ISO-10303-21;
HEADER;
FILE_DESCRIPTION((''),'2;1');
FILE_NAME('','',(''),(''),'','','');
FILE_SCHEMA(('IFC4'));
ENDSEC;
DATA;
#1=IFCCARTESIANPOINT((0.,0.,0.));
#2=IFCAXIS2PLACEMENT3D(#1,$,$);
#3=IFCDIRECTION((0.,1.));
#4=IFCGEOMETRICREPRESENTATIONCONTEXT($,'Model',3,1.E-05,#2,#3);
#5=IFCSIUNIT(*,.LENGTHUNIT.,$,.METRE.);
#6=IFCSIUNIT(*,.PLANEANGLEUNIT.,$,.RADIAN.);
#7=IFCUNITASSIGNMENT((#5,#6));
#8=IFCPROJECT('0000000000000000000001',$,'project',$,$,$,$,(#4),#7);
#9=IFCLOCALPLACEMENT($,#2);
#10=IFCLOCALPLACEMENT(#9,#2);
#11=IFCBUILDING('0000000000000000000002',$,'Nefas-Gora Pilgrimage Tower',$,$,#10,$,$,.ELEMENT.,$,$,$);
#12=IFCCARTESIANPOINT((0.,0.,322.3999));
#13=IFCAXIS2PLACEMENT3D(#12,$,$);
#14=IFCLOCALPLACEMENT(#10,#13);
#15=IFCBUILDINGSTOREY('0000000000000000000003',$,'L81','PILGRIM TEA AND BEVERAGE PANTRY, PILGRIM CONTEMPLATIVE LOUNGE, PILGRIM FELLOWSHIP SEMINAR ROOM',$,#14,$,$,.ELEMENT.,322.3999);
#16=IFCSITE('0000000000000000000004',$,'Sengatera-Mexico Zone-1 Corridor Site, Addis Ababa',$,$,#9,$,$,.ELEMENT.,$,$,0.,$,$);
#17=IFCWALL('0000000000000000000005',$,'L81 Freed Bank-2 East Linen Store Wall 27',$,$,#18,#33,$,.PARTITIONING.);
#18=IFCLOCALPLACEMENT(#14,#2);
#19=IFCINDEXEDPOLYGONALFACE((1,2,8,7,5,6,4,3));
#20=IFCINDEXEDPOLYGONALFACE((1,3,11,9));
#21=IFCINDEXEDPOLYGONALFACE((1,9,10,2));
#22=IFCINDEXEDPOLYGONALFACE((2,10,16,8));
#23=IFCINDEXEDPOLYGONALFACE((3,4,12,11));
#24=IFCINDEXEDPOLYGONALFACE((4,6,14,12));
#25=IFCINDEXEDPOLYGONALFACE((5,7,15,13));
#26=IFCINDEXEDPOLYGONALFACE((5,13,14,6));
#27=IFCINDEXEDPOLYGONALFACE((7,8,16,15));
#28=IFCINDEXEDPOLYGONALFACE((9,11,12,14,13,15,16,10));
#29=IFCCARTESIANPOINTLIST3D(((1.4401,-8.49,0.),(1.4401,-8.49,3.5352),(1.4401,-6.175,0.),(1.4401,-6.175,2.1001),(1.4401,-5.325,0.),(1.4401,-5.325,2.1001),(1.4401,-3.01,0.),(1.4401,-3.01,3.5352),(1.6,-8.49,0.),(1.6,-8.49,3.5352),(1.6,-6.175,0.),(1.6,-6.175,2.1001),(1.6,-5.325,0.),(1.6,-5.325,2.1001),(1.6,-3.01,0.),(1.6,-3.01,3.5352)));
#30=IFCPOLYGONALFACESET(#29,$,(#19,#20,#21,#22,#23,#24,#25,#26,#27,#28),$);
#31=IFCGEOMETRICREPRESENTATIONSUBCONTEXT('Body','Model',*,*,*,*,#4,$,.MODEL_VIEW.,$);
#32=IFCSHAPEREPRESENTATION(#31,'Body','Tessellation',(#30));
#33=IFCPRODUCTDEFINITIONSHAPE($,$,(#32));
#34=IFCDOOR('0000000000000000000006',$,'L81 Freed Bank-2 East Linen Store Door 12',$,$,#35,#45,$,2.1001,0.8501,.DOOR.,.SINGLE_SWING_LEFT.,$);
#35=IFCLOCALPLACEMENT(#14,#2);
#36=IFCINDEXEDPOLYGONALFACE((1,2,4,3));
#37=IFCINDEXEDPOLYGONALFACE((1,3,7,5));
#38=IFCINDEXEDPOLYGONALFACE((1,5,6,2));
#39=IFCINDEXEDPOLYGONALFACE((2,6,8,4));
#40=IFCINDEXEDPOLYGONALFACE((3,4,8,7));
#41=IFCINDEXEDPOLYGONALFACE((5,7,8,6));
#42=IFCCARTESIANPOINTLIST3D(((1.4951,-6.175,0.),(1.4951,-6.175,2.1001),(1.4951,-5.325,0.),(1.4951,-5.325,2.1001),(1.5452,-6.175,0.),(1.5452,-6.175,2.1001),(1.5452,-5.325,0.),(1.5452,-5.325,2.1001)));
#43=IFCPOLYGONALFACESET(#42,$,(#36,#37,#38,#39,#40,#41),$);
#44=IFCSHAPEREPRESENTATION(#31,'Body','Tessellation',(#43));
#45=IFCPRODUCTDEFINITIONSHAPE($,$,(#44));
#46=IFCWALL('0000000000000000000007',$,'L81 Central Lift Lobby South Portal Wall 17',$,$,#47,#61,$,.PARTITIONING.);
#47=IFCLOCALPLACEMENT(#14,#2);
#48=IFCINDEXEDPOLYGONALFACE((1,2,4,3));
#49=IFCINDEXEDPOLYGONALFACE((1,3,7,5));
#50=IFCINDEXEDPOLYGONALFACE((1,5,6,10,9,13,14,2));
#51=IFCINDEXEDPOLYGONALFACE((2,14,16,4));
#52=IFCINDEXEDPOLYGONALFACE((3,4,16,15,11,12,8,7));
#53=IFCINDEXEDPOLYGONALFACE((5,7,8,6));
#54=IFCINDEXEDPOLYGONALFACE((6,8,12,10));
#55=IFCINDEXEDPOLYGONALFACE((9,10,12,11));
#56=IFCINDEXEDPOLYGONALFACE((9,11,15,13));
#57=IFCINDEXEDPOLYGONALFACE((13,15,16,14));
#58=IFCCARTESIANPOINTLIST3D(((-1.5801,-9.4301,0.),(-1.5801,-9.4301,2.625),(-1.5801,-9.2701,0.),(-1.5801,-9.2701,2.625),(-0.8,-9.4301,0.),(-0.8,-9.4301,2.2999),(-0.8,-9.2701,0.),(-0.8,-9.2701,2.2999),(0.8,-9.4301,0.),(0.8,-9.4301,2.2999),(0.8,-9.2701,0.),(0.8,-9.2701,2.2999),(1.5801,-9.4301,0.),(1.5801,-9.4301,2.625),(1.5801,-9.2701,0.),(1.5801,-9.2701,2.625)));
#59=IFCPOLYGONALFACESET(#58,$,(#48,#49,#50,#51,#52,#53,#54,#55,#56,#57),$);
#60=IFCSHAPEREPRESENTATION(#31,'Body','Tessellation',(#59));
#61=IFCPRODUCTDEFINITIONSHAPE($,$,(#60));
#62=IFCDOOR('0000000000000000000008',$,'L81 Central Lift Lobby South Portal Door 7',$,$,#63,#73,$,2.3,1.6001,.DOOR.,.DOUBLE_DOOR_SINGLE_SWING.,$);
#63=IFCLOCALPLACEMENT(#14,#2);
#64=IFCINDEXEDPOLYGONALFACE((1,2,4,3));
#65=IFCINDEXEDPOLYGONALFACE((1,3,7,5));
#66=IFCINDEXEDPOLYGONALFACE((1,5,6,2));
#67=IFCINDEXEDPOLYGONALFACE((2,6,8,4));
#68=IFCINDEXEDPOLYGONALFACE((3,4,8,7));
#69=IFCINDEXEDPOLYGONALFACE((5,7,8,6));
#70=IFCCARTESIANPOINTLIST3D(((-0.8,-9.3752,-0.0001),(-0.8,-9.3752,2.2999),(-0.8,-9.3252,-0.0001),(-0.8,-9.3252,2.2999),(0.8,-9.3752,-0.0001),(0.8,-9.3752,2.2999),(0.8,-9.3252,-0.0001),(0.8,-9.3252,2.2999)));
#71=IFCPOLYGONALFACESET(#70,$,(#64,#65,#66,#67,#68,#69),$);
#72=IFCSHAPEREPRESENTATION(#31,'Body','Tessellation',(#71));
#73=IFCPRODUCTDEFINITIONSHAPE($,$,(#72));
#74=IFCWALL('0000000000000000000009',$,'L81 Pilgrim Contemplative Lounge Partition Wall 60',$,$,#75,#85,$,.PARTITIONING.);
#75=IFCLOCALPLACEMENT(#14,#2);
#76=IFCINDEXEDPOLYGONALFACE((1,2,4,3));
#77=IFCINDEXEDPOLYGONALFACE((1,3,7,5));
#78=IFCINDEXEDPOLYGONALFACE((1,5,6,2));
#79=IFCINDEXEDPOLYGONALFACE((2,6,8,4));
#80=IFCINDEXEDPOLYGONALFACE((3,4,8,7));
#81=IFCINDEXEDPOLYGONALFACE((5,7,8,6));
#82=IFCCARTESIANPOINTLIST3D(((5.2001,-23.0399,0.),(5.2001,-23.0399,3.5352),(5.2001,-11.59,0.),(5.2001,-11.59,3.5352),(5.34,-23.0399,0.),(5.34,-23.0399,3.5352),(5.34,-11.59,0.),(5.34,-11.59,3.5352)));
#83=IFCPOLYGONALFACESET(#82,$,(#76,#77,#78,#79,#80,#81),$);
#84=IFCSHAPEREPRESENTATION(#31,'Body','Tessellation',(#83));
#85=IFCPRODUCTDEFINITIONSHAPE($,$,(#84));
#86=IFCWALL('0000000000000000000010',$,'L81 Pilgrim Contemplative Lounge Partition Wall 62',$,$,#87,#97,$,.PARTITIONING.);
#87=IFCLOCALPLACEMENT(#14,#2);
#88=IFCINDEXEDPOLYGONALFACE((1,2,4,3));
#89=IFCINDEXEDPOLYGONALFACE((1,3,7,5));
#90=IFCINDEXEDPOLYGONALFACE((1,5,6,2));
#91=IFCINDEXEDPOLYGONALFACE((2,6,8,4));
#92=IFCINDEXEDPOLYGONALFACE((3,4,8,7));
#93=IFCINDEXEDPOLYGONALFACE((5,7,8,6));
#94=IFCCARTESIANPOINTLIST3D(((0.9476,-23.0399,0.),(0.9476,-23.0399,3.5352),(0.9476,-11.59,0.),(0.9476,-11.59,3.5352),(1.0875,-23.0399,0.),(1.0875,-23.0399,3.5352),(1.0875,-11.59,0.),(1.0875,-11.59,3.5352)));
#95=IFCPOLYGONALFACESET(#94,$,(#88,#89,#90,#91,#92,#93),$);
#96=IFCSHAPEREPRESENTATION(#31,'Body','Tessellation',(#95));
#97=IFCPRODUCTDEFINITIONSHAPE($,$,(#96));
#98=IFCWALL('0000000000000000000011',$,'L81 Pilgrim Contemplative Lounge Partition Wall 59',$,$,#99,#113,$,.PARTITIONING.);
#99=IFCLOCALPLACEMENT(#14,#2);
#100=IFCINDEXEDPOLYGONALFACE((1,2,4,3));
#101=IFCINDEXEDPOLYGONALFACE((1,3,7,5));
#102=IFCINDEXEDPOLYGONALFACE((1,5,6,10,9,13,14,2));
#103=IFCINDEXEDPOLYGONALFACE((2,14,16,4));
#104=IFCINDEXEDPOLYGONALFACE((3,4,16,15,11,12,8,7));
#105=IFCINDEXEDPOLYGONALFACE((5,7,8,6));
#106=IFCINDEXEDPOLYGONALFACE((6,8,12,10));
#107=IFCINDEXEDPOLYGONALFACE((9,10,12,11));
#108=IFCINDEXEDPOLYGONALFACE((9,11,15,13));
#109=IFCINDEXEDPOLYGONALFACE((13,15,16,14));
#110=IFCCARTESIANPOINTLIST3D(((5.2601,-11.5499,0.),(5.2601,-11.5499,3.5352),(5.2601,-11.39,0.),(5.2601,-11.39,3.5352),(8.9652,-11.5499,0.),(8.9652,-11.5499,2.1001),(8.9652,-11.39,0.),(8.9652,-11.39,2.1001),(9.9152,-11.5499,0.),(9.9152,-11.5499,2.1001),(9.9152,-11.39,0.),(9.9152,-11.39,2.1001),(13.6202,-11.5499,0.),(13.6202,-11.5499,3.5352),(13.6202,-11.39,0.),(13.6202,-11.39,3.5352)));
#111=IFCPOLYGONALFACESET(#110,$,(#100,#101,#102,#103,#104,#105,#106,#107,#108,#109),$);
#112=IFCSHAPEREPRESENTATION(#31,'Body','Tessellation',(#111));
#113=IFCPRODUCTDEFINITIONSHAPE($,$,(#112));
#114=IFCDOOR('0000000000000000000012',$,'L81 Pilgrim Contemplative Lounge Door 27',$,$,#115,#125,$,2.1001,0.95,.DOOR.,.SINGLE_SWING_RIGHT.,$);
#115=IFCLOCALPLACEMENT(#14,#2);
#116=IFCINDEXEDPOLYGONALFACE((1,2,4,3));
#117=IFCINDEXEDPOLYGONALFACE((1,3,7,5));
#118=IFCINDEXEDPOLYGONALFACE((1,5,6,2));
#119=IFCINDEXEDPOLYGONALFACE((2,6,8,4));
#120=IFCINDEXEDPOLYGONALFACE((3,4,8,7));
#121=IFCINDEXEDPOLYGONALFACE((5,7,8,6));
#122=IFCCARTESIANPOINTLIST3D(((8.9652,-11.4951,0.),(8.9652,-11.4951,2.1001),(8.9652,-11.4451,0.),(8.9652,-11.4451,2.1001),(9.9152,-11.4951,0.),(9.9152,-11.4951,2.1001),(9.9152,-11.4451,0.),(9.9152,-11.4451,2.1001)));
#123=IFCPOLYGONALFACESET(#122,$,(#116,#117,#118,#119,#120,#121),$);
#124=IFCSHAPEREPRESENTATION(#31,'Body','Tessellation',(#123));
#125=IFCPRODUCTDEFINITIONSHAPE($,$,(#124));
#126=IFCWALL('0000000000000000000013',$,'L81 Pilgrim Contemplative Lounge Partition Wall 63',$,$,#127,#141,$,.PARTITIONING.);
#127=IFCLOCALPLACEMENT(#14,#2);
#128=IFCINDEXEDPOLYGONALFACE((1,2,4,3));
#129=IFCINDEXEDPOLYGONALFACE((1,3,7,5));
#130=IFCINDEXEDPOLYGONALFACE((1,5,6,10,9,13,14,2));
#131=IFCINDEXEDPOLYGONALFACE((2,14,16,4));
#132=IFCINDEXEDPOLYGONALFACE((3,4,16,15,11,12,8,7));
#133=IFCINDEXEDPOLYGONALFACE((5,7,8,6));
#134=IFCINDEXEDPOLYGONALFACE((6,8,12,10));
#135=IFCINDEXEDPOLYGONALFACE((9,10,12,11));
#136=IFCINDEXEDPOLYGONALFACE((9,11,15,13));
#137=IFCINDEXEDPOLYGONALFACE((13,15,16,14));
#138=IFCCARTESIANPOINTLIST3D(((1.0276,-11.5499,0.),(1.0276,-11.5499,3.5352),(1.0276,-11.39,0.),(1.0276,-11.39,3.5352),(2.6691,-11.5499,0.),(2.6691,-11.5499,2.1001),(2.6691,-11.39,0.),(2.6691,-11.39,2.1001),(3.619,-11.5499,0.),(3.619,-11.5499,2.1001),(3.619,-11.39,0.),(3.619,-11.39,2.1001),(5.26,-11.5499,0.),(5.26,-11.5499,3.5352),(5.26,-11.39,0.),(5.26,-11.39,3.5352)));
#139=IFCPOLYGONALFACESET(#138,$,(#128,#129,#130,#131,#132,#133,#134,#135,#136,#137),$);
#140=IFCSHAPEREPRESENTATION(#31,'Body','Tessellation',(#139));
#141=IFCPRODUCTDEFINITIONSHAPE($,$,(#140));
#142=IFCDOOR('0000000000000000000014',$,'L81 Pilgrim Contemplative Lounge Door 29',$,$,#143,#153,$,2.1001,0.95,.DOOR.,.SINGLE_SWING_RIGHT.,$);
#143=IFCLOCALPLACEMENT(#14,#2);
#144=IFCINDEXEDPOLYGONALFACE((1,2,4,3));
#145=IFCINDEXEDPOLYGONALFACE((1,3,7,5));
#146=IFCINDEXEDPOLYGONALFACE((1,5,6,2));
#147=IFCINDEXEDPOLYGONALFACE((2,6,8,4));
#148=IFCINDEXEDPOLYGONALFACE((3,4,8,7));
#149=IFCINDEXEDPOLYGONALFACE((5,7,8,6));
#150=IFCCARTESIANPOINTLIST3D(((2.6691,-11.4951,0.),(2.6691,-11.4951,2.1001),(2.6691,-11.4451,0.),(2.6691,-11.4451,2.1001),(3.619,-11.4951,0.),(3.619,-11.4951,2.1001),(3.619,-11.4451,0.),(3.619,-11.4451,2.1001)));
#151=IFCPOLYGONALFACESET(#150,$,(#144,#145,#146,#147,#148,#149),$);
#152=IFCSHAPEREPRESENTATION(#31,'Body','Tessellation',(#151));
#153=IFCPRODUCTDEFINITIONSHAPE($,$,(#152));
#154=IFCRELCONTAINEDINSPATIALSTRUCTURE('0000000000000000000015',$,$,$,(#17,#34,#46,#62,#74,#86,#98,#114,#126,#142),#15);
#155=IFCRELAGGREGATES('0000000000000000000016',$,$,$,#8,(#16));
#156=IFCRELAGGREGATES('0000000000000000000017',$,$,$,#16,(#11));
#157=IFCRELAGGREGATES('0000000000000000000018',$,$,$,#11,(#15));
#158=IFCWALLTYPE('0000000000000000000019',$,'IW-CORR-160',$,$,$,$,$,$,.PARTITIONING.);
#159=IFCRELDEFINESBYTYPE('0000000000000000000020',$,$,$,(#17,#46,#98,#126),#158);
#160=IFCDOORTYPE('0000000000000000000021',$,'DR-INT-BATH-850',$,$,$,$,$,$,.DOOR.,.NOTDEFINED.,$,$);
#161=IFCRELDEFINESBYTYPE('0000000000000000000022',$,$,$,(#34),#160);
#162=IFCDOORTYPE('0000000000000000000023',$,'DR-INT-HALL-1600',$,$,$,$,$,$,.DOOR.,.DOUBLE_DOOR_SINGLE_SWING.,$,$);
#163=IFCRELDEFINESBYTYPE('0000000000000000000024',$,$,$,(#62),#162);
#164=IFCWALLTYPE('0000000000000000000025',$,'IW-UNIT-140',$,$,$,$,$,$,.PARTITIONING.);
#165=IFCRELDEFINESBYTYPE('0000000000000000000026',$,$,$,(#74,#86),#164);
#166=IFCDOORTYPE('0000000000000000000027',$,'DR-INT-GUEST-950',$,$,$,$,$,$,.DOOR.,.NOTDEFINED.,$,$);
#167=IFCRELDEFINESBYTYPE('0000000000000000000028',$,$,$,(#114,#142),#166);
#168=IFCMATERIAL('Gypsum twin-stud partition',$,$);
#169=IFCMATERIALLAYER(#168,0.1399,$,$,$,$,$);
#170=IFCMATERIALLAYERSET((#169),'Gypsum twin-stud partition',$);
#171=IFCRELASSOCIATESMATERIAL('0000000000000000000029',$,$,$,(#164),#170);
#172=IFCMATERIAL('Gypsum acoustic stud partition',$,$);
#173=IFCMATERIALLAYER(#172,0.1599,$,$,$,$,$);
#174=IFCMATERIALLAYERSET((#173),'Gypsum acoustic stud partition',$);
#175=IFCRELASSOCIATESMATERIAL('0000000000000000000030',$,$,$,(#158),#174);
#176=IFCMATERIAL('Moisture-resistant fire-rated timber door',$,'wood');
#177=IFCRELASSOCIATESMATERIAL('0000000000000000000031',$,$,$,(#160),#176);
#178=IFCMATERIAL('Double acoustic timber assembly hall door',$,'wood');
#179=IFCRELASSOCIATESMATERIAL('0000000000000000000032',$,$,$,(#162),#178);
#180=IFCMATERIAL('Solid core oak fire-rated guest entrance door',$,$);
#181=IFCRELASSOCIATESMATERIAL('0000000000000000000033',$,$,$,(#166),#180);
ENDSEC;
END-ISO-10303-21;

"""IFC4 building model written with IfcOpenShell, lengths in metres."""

from ifc_helpers import new_model, si_unit, direction, frame, frame_2d, origin, place, context, subcontext, project, spatial, rectangle, extrude, source, transform, mapped, material, layer, layer_set, type_object, element, fill, save


model = new_model("IFC4")

# Units and contexts
model_context = context("Model", 3, precision=1e-05, world=origin(), true_north=direction((0.0, 1.0)))
body_context = subcontext(model_context, "Body", "Model", "MODEL_VIEW")
ifc_project = project(units=[si_unit("LENGTHUNIT", "METRE"), si_unit("PLANEANGLEUNIT", "RADIAN")], contexts=[model_context])

# Site, building, storey
site_placement = place(None, origin())
site = spatial("IfcSite", under=ifc_project, at=site_placement, Name="Sengatera-Mexico Zone-1 Corridor Site, Addis Ababa", CompositionType="ELEMENT", RefElevation=0.0)
building_placement = place(site_placement, origin())
building = spatial("IfcBuilding", under=site, at=building_placement, Name="Nefas-Gora Pilgrimage Tower", CompositionType="ELEMENT")
storey_placement = place(building_placement, frame((0.0, 0.0, 322.3999)))
storey = spatial("IfcBuildingStorey", under=building, at=storey_placement, Name="L81", Description="PILGRIM TEA AND BEVERAGE PANTRY, PILGRIM CONTEMPLATIVE LOUNGE, PILGRIM FELLOWSHIP SEMINAR ROOM", CompositionType="ELEMENT", Elevation=322.3999)

# Shared definitions
ifc_material_1 = material(Name="Gypsum twin-stud partition")
ifc_layer_1 = layer(ifc_material_1, 0.1399)
ifc_layer_set_1 = layer_set([ifc_layer_1], Name="Gypsum twin-stud partition")
wall_type_1 = type_object("IfcWallType", Name="IW-UNIT-140", PredefinedType="PARTITIONING", material=ifc_layer_set_1)

# Shared definitions
ifc_material_2 = material(Name="Gypsum acoustic stud partition")
ifc_layer_2 = layer(ifc_material_2, 0.1599)
ifc_layer_set_2 = layer_set([ifc_layer_2], Name="Gypsum acoustic stud partition")
wall_type_2 = type_object("IfcWallType", Name="IW-CORR-160", PredefinedType="PARTITIONING", material=ifc_layer_set_2)
shared_shape_1 = source(origin(), body_context, "Body", "SweptSolid", [
    extrude(rectangle(XDim=5.48, YDim=0.1599, at=frame_2d((2.74, 0.0))), origin(), (0.0, 0.0, 1.0), 3.5352),
])
ifc_material_3 = material(Name="Moisture-resistant fire-rated timber door", Category="wood")
door_type_1 = type_object("IfcDoorType", Name="DR-INT-BATH-850", OperationType="NOTDEFINED", PredefinedType="DOOR", material=ifc_material_3)
shared_shape_2 = source(origin(), body_context, "Body", "SweptSolid", [
    extrude(rectangle(XDim=0.8501, YDim=2.1001, at=frame_2d((0.425, 1.05))), frame((0.0, 0.0249, 0.0), z_axis=(0.0, -1.0, 0.0), x_axis=(1.0, 0.0, 0.0)), (0.0, 0.0, 1.0), 0.05),
])

# Walls, openings, doors
wall_1_placement = place(storey_placement, frame((1.52, -8.49, 0.0), z_axis=(0.0, 0.0, 1.0), x_axis=(0.0, 1.0, 0.0)))
wall_1 = element("IfcWall", 1, at=wall_1_placement, inside=storey, type_object=wall_type_2, Name="L81 Freed Bank-2 East Linen Store Wall 27", PredefinedType="PARTITIONING", context=body_context, shape_type="MappedRepresentation", body=[
    mapped(shared_shape_1, transform((0.0, 0.0, 0.0), x_axis=(1.0, 0.0, 0.0), y_axis=(0.0, 1.0, 0.0), z_axis=(0.0, 0.0, 1.0), scale=1.0)),
])
opening_1_placement = place(wall_1_placement, frame((2.3149, 0.0, 0.0)))
opening_1 = element("IfcOpeningElement", 2, at=opening_1_placement, cuts=wall_1, PredefinedType="OPENING", context=body_context, shape_type="SweptSolid", body=[
    extrude(rectangle(XDim=0.8501, YDim=2.1001, at=frame_2d((0.425, 1.05))), frame((0.0, 0.0898, 0.0), z_axis=(0.0, -1.0, 0.0), x_axis=(1.0, 0.0, 0.0)), (0.0, 0.0, 1.0), 0.1799),
])
door_1_placement = place(opening_1_placement, origin())
door_1 = element("IfcDoor", 3, at=door_1_placement, inside=storey, type_object=door_type_1, Name="L81 Freed Bank-2 East Linen Store Door 12", OperationType="SINGLE_SWING_LEFT", OverallHeight=2.1001, OverallWidth=0.8501, PredefinedType="DOOR", context=body_context, shape_type="MappedRepresentation", body=[
    mapped(shared_shape_2, transform((0.0, 0.0, 0.0), x_axis=(1.0, 0.0, 0.0), y_axis=(0.0, 1.0, 0.0), z_axis=(0.0, 0.0, 1.0), scale=1.0)),
])
fill(opening_1, door_1)
shared_shape_3 = source(origin(), body_context, "Body", "SweptSolid", [
    extrude(rectangle(XDim=3.1602, YDim=0.1599, at=frame_2d((1.5801, 0.0))), origin(), (0.0, 0.0, 1.0), 2.625),
])
wall_2_placement = place(storey_placement, frame((-1.5801, -9.3501, 0.0), z_axis=(0.0, 0.0, 1.0), x_axis=(1.0, 0.0, 0.0)))
wall_2 = element("IfcWall", 4, at=wall_2_placement, inside=storey, type_object=wall_type_2, Name="L81 Central Lift Lobby South Portal Wall 17", PredefinedType="PARTITIONING", context=body_context, shape_type="MappedRepresentation", body=[
    mapped(shared_shape_3, transform((0.0, 0.0, 0.0), x_axis=(1.0, 0.0, 0.0), y_axis=(0.0, 1.0, 0.0), z_axis=(0.0, 0.0, 1.0), scale=1.0)),
])
opening_2_placement = place(wall_2_placement, frame((0.78, 0.0, 0.0)))
opening_2 = element("IfcOpeningElement", 5, at=opening_2_placement, cuts=wall_2, PredefinedType="OPENING", context=body_context, shape_type="SweptSolid", body=[
    extrude(rectangle(XDim=1.6001, YDim=2.3, at=frame_2d((0.8, 1.1499))), frame((0.0, 0.0898, 0.0), z_axis=(0.0, -1.0, 0.0), x_axis=(1.0, 0.0, 0.0)), (0.0, 0.0, 1.0), 0.1799),
])
ifc_material_4 = material(Name="Double acoustic timber assembly hall door", Category="wood")
door_type_2 = type_object("IfcDoorType", Name="DR-INT-HALL-1600", OperationType="DOUBLE_DOOR_SINGLE_SWING", PredefinedType="DOOR", material=ifc_material_4)
shared_shape_4 = source(origin(), body_context, "Body", "SweptSolid", [
    extrude(rectangle(XDim=1.6001, YDim=2.3, at=frame_2d((0.8, 1.1499))), frame((0.0, 0.0249, 0.0), z_axis=(0.0, -1.0, 0.0), x_axis=(1.0, 0.0, 0.0)), (0.0, 0.0, 1.0), 0.05),
])
door_2_placement = place(opening_2_placement, origin())
door_2 = element("IfcDoor", 6, at=door_2_placement, inside=storey, type_object=door_type_2, Name="L81 Central Lift Lobby South Portal Door 7", OperationType="DOUBLE_DOOR_SINGLE_SWING", OverallHeight=2.3, OverallWidth=1.6001, PredefinedType="DOOR", context=body_context, shape_type="MappedRepresentation", body=[
    mapped(shared_shape_4, transform((0.0, 0.0, 0.0), x_axis=(1.0, 0.0, 0.0), y_axis=(0.0, 1.0, 0.0), z_axis=(0.0, 0.0, 1.0), scale=1.0)),
])
fill(opening_2, door_2)

# Walls
shared_shape_5 = source(origin(), body_context, "Body", "SweptSolid", [
    extrude(rectangle(XDim=11.45, YDim=0.1399, at=frame_2d((5.7251, 0.0))), origin(), (0.0, 0.0, 1.0), 3.5352),
])
for number, where, z_axis, x_axis, name in (
    (7, (5.27, -23.04, 0.0), (0.0, 0.0, 1.0), (0.0, 1.0, 0.0), "L81 Pilgrim Contemplative Lounge Partition Wall 60"),
    (8, (1.0176, -23.04, 0.0), (0.0, 0.0, 1.0), (0.0, 1.0, 0.0), "L81 Pilgrim Contemplative Lounge Partition Wall 62"),
):
    element("IfcWall", number, at=place(storey_placement, frame(where, z_axis=z_axis, x_axis=x_axis)), inside=storey, type_object=wall_type_1, Name=name, PredefinedType="PARTITIONING", context=body_context, shape_type="MappedRepresentation", body=[
        mapped(shared_shape_5, transform((0.0, 0.0, 0.0), x_axis=(1.0, 0.0, 0.0), y_axis=(0.0, 1.0, 0.0), z_axis=(0.0, 0.0, 1.0), scale=1.0)),
    ])

# Walls, openings, doors
shared_shape_6 = source(origin(), body_context, "Body", "SweptSolid", [
    extrude(rectangle(XDim=8.3601, YDim=0.1599, at=frame_2d((4.1802, 0.0))), origin(), (0.0, 0.0, 1.0), 3.5352),
])
wall_3_placement = place(storey_placement, frame((5.26, -11.47, 0.0), z_axis=(0.0, 0.0, 1.0), x_axis=(1.0, 0.0, 0.0)))
wall_3 = element("IfcWall", 9, at=wall_3_placement, inside=storey, type_object=wall_type_2, Name="L81 Pilgrim Contemplative Lounge Partition Wall 59", PredefinedType="PARTITIONING", context=body_context, shape_type="MappedRepresentation", body=[
    mapped(shared_shape_6, transform((0.0, 0.0, 0.0), x_axis=(1.0, 0.0, 0.0), y_axis=(0.0, 1.0, 0.0), z_axis=(0.0, 0.0, 1.0), scale=1.0)),
])
opening_3_placement = place(wall_3_placement, frame((3.7051, 0.0, 0.0)))
opening_3 = element("IfcOpeningElement", 10, at=opening_3_placement, cuts=wall_3, PredefinedType="OPENING", context=body_context, shape_type="SweptSolid", body=[
    extrude(rectangle(XDim=0.95, YDim=2.1001, at=frame_2d((0.4751, 1.05))), frame((0.0, 0.0898, 0.0), z_axis=(0.0, -1.0, 0.0), x_axis=(1.0, 0.0, 0.0)), (0.0, 0.0, 1.0), 0.1799),
])
ifc_material_5 = material(Name="Solid core oak fire-rated guest entrance door")
door_type_3 = type_object("IfcDoorType", Name="DR-INT-GUEST-950", OperationType="NOTDEFINED", PredefinedType="DOOR", material=ifc_material_5)
shared_shape_7 = source(origin(), body_context, "Body", "SweptSolid", [
    extrude(rectangle(XDim=0.95, YDim=2.1001, at=frame_2d((0.4751, 1.05))), frame((0.0, 0.0249, 0.0), z_axis=(0.0, -1.0, 0.0), x_axis=(1.0, 0.0, 0.0)), (0.0, 0.0, 1.0), 0.05),
])
door_3_placement = place(opening_3_placement, origin())
door_3 = element("IfcDoor", 11, at=door_3_placement, inside=storey, type_object=door_type_3, Name="L81 Pilgrim Contemplative Lounge Door 27", OperationType="SINGLE_SWING_RIGHT", OverallHeight=2.1001, OverallWidth=0.95, PredefinedType="DOOR", context=body_context, shape_type="MappedRepresentation", body=[
    mapped(shared_shape_7, transform((0.0, 0.0, 0.0), x_axis=(1.0, 0.0, 0.0), y_axis=(0.0, 1.0, 0.0), z_axis=(0.0, 0.0, 1.0), scale=1.0)),
])
fill(opening_3, door_3)
shared_shape_8 = source(origin(), body_context, "Body", "SweptSolid", [
    extrude(rectangle(XDim=4.2324, YDim=0.1599, at=frame_2d((2.1162, 0.0))), origin(), (0.0, 0.0, 1.0), 3.5352),
])
wall_4_placement = place(storey_placement, frame((1.0276, -11.47, 0.0), z_axis=(0.0, 0.0, 1.0), x_axis=(1.0, 0.0, 0.0)))
wall_4 = element("IfcWall", 12, at=wall_4_placement, inside=storey, type_object=wall_type_2, Name="L81 Pilgrim Contemplative Lounge Partition Wall 63", PredefinedType="PARTITIONING", context=body_context, shape_type="MappedRepresentation", body=[
    mapped(shared_shape_8, transform((0.0, 0.0, 0.0), x_axis=(1.0, 0.0, 0.0), y_axis=(0.0, 1.0, 0.0), z_axis=(0.0, 0.0, 1.0), scale=1.0)),
])
opening_4_placement = place(wall_4_placement, frame((1.6414, 0.0, 0.0)))
opening_4 = element("IfcOpeningElement", 13, at=opening_4_placement, cuts=wall_4, PredefinedType="OPENING", context=body_context, shape_type="SweptSolid", body=[
    extrude(rectangle(XDim=0.95, YDim=2.1001, at=frame_2d((0.4751, 1.05))), frame((0.0, 0.0898, 0.0), z_axis=(0.0, -1.0, 0.0), x_axis=(1.0, 0.0, 0.0)), (0.0, 0.0, 1.0), 0.1799),
])
door_4_placement = place(opening_4_placement, origin())
door_4 = element("IfcDoor", 14, at=door_4_placement, inside=storey, type_object=door_type_3, Name="L81 Pilgrim Contemplative Lounge Door 29", OperationType="SINGLE_SWING_RIGHT", OverallHeight=2.1001, OverallWidth=0.95, PredefinedType="DOOR", context=body_context, shape_type="MappedRepresentation", body=[
    mapped(shared_shape_7, transform((0.0, 0.0, 0.0), x_axis=(1.0, 0.0, 0.0), y_axis=(0.0, 1.0, 0.0), z_axis=(0.0, 0.0, 1.0), scale=1.0)),
])
fill(opening_4, door_4)

save(model, "model.ifc")
